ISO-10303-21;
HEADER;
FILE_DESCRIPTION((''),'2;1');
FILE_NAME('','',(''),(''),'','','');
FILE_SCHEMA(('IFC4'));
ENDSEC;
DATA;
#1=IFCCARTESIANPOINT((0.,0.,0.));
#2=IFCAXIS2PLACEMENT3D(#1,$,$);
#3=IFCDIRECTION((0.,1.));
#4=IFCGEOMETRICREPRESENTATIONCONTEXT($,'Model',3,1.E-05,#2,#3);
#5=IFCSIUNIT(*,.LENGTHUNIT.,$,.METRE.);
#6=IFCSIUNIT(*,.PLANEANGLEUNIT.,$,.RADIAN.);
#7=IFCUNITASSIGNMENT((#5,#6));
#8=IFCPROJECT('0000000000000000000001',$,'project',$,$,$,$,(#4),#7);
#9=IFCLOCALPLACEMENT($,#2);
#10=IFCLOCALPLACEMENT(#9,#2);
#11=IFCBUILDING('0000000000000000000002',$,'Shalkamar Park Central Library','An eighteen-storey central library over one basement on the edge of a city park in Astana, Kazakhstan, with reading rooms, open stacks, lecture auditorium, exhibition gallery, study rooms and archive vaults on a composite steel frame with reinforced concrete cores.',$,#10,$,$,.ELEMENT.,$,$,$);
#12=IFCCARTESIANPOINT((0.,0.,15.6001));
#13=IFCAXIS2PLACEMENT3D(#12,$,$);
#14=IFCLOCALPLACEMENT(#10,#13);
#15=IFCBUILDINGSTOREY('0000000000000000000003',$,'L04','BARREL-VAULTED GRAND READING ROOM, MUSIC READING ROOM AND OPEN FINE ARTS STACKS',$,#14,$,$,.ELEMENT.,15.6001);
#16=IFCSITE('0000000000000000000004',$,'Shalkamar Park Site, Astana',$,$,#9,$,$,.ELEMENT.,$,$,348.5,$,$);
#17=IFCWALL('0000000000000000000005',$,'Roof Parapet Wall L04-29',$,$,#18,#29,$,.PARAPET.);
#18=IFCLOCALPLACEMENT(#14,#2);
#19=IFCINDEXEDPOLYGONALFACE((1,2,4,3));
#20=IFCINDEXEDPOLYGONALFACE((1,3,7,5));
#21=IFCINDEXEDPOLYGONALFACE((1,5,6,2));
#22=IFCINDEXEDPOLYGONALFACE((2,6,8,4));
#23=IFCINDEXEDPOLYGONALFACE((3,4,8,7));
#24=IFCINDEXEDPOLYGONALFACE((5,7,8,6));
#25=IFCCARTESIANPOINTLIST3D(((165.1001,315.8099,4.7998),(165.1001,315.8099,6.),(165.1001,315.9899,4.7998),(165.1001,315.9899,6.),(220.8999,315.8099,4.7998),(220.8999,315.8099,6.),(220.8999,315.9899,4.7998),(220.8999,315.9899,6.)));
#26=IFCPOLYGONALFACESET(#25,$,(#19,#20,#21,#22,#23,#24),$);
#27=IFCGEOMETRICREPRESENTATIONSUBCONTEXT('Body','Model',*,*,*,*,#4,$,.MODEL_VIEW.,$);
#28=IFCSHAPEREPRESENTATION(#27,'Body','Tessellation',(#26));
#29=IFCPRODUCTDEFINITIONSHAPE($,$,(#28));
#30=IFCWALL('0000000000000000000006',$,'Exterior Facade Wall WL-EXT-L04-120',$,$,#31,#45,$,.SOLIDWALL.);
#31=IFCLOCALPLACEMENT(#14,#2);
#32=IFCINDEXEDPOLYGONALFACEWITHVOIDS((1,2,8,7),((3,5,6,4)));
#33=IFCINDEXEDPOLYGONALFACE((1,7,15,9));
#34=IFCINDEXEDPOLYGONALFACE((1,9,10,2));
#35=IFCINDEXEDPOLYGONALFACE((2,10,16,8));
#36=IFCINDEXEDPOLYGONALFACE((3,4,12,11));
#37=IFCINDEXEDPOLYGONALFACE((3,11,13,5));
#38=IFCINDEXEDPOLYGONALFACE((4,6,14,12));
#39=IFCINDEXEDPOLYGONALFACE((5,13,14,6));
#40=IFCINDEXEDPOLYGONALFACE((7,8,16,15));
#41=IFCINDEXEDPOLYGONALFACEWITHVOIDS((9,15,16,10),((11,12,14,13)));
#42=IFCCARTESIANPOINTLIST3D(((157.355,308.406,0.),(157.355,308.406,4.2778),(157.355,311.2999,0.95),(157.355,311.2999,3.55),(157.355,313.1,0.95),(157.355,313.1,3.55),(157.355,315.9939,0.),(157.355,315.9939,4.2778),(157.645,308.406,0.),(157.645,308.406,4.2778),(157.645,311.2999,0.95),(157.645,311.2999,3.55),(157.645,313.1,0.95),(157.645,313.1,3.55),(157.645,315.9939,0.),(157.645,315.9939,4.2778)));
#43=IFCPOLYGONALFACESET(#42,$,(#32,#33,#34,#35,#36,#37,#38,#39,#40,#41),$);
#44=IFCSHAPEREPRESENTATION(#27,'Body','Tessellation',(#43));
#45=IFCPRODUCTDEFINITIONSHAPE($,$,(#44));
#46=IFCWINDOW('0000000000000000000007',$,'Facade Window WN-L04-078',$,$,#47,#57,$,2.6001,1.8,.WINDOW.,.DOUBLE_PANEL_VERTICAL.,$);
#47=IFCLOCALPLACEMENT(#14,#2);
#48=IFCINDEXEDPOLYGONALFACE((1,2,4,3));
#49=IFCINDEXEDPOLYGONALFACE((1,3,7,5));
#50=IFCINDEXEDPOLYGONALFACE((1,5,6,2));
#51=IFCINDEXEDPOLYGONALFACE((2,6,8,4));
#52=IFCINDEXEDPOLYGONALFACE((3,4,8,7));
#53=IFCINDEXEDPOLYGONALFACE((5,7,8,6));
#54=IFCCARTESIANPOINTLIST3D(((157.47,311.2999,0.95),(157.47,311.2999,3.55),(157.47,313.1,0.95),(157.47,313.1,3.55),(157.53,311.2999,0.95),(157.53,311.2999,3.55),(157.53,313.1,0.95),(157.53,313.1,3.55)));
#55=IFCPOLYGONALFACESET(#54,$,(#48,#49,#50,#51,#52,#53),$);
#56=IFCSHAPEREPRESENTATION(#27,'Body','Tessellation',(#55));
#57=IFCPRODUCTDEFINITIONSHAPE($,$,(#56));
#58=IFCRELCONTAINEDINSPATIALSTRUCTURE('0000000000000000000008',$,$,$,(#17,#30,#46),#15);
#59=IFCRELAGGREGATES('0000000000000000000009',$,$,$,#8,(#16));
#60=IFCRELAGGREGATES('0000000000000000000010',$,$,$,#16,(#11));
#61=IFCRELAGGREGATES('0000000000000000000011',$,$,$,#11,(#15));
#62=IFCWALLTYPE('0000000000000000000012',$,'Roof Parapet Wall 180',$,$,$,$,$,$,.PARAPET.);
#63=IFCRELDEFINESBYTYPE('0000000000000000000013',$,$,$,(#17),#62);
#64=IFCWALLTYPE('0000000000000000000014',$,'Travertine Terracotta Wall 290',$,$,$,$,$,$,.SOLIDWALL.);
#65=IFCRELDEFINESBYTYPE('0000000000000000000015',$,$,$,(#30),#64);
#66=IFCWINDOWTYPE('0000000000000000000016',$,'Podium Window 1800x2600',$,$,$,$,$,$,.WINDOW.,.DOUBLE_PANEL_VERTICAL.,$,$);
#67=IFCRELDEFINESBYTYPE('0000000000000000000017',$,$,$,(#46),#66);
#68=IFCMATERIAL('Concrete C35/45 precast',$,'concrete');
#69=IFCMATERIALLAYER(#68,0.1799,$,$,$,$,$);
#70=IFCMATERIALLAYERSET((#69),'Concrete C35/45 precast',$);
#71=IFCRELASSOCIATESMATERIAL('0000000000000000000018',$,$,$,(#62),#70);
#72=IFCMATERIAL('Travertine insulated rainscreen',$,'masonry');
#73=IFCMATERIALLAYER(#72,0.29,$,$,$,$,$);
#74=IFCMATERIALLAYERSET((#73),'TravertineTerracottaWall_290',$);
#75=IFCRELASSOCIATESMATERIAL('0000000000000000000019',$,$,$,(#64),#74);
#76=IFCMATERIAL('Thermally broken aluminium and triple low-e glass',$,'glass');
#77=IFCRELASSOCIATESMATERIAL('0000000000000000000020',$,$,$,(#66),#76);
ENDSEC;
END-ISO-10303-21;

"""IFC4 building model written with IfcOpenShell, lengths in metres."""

from ifc_helpers import new_model, si_unit, direction, frame, frame_2d, origin, place, context, subcontext, project, spatial, rectangle, extrude, material, layer, layer_set, type_object, element, fill, save


model = new_model("IFC4")

# Units and contexts
model_context = context("Model", 3, precision=1e-05, world=origin(), true_north=direction((0.0, 1.0)))
body_context = subcontext(model_context, "Body", "Model", "MODEL_VIEW")
ifc_project = project(units=[si_unit("LENGTHUNIT", "METRE"), si_unit("PLANEANGLEUNIT", "RADIAN")], contexts=[model_context])

# Site, building, storey
site_placement = place(None, origin())
site = spatial("IfcSite", under=ifc_project, at=site_placement, Name="Shalkamar Park Site, Astana", CompositionType="ELEMENT", RefElevation=348.5)
building_placement = place(site_placement, origin())
building = spatial("IfcBuilding", under=site, at=building_placement, Name="Shalkamar Park Central Library", Description="An eighteen-storey central library over one basement on the edge of a city park in Astana, Kazakhstan, with reading rooms, open stacks, lecture auditorium, exhibition gallery, study rooms and archive vaults on a composite steel frame with reinforced concrete cores.", CompositionType="ELEMENT")
storey_placement = place(building_placement, frame((0.0, 0.0, 15.6001)))
storey = spatial("IfcBuildingStorey", under=building, at=storey_placement, Name="L04", Description="BARREL-VAULTED GRAND READING ROOM, MUSIC READING ROOM AND OPEN FINE ARTS STACKS", CompositionType="ELEMENT", Elevation=15.6001)

# Wall
ifc_material_1 = material(Name="Concrete C35/45 precast", Category="concrete")
ifc_layer_1 = layer(ifc_material_1, 0.1799)
ifc_layer_set_1 = layer_set([ifc_layer_1], Name="Concrete C35/45 precast")
wall_type_1 = type_object("IfcWallType", Name="Roof Parapet Wall 180", PredefinedType="PARAPET", material=ifc_layer_set_1)
wall_1_placement = place(storey_placement, frame((165.1001, 315.8999, 4.7998), z_axis=(0.0, 0.0, 1.0), x_axis=(1.0, 0.0, 0.0)))
element("IfcWall", 1, at=wall_1_placement, inside=storey, type_object=wall_type_1, Name="Roof Parapet Wall L04-29", PredefinedType="PARAPET", context=body_context, shape_type="SweptSolid", body=[
    extrude(rectangle(XDim=55.7998, YDim=0.1799, at=frame_2d((27.8999, 0.0))), origin(), (0.0, 0.0, 1.0), 1.2002),
])

# Wall, opening, window
ifc_material_2 = material(Name="Travertine insulated rainscreen", Category="masonry")
ifc_layer_2 = layer(ifc_material_2, 0.29)
ifc_layer_set_2 = layer_set([ifc_layer_2], Name="TravertineTerracottaWall_290")
wall_type_2 = type_object("IfcWallType", Name="Travertine Terracotta Wall 290", PredefinedType="SOLIDWALL", material=ifc_layer_set_2)
wall_2_placement = place(storey_placement, frame((157.5, 308.406, 0.0), z_axis=(0.0, 0.0, 1.0), x_axis=(0.0, 1.0, 0.0)))
wall_2 = element("IfcWall", 2, at=wall_2_placement, inside=storey, type_object=wall_type_2, Name="Exterior Facade Wall WL-EXT-L04-120", PredefinedType="SOLIDWALL", context=body_context, shape_type="SweptSolid", body=[
    extrude(rectangle(XDim=7.5879, YDim=0.29, at=frame_2d((3.7939, 0.0))), origin(), (0.0, 0.0, 1.0), 4.2778),
])
opening_placement = place(wall_2_placement, frame((2.894, 0.0, 0.95)))
opening = element("IfcOpeningElement", 3, at=opening_placement, cuts=wall_2, PredefinedType="OPENING", context=body_context, shape_type="SweptSolid", body=[
    extrude(rectangle(XDim=1.8, YDim=2.6001, at=frame_2d((0.8999, 1.3))), frame((0.0, 0.1599, 0.0), z_axis=(0.0, -1.0, 0.0), x_axis=(1.0, 0.0, 0.0)), (0.0, 0.0, 1.0), 0.3198),
])
ifc_material_3 = material(Name="Thermally broken aluminium and triple low-e glass", Category="glass")
window_type = type_object("IfcWindowType", Name="Podium Window 1800x2600", PartitioningType="DOUBLE_PANEL_VERTICAL", PredefinedType="WINDOW", material=ifc_material_3)
window_placement = place(opening_placement, origin())
window = element("IfcWindow", 4, at=window_placement, inside=storey, type_object=window_type, Name="Facade Window WN-L04-078", OverallHeight=2.6001, OverallWidth=1.8, PartitioningType="DOUBLE_PANEL_VERTICAL", PredefinedType="WINDOW", context=body_context, shape_type="SweptSolid", body=[
    extrude(rectangle(XDim=1.8, YDim=2.6001, at=frame_2d((0.8999, 1.3))), frame((0.0, 0.03, 0.0), z_axis=(0.0, -1.0, 0.0), x_axis=(1.0, 0.0, 0.0)), (0.0, 0.0, 1.0), 0.0601),
])
fill(opening, window)

save(model, "model.ifc")
